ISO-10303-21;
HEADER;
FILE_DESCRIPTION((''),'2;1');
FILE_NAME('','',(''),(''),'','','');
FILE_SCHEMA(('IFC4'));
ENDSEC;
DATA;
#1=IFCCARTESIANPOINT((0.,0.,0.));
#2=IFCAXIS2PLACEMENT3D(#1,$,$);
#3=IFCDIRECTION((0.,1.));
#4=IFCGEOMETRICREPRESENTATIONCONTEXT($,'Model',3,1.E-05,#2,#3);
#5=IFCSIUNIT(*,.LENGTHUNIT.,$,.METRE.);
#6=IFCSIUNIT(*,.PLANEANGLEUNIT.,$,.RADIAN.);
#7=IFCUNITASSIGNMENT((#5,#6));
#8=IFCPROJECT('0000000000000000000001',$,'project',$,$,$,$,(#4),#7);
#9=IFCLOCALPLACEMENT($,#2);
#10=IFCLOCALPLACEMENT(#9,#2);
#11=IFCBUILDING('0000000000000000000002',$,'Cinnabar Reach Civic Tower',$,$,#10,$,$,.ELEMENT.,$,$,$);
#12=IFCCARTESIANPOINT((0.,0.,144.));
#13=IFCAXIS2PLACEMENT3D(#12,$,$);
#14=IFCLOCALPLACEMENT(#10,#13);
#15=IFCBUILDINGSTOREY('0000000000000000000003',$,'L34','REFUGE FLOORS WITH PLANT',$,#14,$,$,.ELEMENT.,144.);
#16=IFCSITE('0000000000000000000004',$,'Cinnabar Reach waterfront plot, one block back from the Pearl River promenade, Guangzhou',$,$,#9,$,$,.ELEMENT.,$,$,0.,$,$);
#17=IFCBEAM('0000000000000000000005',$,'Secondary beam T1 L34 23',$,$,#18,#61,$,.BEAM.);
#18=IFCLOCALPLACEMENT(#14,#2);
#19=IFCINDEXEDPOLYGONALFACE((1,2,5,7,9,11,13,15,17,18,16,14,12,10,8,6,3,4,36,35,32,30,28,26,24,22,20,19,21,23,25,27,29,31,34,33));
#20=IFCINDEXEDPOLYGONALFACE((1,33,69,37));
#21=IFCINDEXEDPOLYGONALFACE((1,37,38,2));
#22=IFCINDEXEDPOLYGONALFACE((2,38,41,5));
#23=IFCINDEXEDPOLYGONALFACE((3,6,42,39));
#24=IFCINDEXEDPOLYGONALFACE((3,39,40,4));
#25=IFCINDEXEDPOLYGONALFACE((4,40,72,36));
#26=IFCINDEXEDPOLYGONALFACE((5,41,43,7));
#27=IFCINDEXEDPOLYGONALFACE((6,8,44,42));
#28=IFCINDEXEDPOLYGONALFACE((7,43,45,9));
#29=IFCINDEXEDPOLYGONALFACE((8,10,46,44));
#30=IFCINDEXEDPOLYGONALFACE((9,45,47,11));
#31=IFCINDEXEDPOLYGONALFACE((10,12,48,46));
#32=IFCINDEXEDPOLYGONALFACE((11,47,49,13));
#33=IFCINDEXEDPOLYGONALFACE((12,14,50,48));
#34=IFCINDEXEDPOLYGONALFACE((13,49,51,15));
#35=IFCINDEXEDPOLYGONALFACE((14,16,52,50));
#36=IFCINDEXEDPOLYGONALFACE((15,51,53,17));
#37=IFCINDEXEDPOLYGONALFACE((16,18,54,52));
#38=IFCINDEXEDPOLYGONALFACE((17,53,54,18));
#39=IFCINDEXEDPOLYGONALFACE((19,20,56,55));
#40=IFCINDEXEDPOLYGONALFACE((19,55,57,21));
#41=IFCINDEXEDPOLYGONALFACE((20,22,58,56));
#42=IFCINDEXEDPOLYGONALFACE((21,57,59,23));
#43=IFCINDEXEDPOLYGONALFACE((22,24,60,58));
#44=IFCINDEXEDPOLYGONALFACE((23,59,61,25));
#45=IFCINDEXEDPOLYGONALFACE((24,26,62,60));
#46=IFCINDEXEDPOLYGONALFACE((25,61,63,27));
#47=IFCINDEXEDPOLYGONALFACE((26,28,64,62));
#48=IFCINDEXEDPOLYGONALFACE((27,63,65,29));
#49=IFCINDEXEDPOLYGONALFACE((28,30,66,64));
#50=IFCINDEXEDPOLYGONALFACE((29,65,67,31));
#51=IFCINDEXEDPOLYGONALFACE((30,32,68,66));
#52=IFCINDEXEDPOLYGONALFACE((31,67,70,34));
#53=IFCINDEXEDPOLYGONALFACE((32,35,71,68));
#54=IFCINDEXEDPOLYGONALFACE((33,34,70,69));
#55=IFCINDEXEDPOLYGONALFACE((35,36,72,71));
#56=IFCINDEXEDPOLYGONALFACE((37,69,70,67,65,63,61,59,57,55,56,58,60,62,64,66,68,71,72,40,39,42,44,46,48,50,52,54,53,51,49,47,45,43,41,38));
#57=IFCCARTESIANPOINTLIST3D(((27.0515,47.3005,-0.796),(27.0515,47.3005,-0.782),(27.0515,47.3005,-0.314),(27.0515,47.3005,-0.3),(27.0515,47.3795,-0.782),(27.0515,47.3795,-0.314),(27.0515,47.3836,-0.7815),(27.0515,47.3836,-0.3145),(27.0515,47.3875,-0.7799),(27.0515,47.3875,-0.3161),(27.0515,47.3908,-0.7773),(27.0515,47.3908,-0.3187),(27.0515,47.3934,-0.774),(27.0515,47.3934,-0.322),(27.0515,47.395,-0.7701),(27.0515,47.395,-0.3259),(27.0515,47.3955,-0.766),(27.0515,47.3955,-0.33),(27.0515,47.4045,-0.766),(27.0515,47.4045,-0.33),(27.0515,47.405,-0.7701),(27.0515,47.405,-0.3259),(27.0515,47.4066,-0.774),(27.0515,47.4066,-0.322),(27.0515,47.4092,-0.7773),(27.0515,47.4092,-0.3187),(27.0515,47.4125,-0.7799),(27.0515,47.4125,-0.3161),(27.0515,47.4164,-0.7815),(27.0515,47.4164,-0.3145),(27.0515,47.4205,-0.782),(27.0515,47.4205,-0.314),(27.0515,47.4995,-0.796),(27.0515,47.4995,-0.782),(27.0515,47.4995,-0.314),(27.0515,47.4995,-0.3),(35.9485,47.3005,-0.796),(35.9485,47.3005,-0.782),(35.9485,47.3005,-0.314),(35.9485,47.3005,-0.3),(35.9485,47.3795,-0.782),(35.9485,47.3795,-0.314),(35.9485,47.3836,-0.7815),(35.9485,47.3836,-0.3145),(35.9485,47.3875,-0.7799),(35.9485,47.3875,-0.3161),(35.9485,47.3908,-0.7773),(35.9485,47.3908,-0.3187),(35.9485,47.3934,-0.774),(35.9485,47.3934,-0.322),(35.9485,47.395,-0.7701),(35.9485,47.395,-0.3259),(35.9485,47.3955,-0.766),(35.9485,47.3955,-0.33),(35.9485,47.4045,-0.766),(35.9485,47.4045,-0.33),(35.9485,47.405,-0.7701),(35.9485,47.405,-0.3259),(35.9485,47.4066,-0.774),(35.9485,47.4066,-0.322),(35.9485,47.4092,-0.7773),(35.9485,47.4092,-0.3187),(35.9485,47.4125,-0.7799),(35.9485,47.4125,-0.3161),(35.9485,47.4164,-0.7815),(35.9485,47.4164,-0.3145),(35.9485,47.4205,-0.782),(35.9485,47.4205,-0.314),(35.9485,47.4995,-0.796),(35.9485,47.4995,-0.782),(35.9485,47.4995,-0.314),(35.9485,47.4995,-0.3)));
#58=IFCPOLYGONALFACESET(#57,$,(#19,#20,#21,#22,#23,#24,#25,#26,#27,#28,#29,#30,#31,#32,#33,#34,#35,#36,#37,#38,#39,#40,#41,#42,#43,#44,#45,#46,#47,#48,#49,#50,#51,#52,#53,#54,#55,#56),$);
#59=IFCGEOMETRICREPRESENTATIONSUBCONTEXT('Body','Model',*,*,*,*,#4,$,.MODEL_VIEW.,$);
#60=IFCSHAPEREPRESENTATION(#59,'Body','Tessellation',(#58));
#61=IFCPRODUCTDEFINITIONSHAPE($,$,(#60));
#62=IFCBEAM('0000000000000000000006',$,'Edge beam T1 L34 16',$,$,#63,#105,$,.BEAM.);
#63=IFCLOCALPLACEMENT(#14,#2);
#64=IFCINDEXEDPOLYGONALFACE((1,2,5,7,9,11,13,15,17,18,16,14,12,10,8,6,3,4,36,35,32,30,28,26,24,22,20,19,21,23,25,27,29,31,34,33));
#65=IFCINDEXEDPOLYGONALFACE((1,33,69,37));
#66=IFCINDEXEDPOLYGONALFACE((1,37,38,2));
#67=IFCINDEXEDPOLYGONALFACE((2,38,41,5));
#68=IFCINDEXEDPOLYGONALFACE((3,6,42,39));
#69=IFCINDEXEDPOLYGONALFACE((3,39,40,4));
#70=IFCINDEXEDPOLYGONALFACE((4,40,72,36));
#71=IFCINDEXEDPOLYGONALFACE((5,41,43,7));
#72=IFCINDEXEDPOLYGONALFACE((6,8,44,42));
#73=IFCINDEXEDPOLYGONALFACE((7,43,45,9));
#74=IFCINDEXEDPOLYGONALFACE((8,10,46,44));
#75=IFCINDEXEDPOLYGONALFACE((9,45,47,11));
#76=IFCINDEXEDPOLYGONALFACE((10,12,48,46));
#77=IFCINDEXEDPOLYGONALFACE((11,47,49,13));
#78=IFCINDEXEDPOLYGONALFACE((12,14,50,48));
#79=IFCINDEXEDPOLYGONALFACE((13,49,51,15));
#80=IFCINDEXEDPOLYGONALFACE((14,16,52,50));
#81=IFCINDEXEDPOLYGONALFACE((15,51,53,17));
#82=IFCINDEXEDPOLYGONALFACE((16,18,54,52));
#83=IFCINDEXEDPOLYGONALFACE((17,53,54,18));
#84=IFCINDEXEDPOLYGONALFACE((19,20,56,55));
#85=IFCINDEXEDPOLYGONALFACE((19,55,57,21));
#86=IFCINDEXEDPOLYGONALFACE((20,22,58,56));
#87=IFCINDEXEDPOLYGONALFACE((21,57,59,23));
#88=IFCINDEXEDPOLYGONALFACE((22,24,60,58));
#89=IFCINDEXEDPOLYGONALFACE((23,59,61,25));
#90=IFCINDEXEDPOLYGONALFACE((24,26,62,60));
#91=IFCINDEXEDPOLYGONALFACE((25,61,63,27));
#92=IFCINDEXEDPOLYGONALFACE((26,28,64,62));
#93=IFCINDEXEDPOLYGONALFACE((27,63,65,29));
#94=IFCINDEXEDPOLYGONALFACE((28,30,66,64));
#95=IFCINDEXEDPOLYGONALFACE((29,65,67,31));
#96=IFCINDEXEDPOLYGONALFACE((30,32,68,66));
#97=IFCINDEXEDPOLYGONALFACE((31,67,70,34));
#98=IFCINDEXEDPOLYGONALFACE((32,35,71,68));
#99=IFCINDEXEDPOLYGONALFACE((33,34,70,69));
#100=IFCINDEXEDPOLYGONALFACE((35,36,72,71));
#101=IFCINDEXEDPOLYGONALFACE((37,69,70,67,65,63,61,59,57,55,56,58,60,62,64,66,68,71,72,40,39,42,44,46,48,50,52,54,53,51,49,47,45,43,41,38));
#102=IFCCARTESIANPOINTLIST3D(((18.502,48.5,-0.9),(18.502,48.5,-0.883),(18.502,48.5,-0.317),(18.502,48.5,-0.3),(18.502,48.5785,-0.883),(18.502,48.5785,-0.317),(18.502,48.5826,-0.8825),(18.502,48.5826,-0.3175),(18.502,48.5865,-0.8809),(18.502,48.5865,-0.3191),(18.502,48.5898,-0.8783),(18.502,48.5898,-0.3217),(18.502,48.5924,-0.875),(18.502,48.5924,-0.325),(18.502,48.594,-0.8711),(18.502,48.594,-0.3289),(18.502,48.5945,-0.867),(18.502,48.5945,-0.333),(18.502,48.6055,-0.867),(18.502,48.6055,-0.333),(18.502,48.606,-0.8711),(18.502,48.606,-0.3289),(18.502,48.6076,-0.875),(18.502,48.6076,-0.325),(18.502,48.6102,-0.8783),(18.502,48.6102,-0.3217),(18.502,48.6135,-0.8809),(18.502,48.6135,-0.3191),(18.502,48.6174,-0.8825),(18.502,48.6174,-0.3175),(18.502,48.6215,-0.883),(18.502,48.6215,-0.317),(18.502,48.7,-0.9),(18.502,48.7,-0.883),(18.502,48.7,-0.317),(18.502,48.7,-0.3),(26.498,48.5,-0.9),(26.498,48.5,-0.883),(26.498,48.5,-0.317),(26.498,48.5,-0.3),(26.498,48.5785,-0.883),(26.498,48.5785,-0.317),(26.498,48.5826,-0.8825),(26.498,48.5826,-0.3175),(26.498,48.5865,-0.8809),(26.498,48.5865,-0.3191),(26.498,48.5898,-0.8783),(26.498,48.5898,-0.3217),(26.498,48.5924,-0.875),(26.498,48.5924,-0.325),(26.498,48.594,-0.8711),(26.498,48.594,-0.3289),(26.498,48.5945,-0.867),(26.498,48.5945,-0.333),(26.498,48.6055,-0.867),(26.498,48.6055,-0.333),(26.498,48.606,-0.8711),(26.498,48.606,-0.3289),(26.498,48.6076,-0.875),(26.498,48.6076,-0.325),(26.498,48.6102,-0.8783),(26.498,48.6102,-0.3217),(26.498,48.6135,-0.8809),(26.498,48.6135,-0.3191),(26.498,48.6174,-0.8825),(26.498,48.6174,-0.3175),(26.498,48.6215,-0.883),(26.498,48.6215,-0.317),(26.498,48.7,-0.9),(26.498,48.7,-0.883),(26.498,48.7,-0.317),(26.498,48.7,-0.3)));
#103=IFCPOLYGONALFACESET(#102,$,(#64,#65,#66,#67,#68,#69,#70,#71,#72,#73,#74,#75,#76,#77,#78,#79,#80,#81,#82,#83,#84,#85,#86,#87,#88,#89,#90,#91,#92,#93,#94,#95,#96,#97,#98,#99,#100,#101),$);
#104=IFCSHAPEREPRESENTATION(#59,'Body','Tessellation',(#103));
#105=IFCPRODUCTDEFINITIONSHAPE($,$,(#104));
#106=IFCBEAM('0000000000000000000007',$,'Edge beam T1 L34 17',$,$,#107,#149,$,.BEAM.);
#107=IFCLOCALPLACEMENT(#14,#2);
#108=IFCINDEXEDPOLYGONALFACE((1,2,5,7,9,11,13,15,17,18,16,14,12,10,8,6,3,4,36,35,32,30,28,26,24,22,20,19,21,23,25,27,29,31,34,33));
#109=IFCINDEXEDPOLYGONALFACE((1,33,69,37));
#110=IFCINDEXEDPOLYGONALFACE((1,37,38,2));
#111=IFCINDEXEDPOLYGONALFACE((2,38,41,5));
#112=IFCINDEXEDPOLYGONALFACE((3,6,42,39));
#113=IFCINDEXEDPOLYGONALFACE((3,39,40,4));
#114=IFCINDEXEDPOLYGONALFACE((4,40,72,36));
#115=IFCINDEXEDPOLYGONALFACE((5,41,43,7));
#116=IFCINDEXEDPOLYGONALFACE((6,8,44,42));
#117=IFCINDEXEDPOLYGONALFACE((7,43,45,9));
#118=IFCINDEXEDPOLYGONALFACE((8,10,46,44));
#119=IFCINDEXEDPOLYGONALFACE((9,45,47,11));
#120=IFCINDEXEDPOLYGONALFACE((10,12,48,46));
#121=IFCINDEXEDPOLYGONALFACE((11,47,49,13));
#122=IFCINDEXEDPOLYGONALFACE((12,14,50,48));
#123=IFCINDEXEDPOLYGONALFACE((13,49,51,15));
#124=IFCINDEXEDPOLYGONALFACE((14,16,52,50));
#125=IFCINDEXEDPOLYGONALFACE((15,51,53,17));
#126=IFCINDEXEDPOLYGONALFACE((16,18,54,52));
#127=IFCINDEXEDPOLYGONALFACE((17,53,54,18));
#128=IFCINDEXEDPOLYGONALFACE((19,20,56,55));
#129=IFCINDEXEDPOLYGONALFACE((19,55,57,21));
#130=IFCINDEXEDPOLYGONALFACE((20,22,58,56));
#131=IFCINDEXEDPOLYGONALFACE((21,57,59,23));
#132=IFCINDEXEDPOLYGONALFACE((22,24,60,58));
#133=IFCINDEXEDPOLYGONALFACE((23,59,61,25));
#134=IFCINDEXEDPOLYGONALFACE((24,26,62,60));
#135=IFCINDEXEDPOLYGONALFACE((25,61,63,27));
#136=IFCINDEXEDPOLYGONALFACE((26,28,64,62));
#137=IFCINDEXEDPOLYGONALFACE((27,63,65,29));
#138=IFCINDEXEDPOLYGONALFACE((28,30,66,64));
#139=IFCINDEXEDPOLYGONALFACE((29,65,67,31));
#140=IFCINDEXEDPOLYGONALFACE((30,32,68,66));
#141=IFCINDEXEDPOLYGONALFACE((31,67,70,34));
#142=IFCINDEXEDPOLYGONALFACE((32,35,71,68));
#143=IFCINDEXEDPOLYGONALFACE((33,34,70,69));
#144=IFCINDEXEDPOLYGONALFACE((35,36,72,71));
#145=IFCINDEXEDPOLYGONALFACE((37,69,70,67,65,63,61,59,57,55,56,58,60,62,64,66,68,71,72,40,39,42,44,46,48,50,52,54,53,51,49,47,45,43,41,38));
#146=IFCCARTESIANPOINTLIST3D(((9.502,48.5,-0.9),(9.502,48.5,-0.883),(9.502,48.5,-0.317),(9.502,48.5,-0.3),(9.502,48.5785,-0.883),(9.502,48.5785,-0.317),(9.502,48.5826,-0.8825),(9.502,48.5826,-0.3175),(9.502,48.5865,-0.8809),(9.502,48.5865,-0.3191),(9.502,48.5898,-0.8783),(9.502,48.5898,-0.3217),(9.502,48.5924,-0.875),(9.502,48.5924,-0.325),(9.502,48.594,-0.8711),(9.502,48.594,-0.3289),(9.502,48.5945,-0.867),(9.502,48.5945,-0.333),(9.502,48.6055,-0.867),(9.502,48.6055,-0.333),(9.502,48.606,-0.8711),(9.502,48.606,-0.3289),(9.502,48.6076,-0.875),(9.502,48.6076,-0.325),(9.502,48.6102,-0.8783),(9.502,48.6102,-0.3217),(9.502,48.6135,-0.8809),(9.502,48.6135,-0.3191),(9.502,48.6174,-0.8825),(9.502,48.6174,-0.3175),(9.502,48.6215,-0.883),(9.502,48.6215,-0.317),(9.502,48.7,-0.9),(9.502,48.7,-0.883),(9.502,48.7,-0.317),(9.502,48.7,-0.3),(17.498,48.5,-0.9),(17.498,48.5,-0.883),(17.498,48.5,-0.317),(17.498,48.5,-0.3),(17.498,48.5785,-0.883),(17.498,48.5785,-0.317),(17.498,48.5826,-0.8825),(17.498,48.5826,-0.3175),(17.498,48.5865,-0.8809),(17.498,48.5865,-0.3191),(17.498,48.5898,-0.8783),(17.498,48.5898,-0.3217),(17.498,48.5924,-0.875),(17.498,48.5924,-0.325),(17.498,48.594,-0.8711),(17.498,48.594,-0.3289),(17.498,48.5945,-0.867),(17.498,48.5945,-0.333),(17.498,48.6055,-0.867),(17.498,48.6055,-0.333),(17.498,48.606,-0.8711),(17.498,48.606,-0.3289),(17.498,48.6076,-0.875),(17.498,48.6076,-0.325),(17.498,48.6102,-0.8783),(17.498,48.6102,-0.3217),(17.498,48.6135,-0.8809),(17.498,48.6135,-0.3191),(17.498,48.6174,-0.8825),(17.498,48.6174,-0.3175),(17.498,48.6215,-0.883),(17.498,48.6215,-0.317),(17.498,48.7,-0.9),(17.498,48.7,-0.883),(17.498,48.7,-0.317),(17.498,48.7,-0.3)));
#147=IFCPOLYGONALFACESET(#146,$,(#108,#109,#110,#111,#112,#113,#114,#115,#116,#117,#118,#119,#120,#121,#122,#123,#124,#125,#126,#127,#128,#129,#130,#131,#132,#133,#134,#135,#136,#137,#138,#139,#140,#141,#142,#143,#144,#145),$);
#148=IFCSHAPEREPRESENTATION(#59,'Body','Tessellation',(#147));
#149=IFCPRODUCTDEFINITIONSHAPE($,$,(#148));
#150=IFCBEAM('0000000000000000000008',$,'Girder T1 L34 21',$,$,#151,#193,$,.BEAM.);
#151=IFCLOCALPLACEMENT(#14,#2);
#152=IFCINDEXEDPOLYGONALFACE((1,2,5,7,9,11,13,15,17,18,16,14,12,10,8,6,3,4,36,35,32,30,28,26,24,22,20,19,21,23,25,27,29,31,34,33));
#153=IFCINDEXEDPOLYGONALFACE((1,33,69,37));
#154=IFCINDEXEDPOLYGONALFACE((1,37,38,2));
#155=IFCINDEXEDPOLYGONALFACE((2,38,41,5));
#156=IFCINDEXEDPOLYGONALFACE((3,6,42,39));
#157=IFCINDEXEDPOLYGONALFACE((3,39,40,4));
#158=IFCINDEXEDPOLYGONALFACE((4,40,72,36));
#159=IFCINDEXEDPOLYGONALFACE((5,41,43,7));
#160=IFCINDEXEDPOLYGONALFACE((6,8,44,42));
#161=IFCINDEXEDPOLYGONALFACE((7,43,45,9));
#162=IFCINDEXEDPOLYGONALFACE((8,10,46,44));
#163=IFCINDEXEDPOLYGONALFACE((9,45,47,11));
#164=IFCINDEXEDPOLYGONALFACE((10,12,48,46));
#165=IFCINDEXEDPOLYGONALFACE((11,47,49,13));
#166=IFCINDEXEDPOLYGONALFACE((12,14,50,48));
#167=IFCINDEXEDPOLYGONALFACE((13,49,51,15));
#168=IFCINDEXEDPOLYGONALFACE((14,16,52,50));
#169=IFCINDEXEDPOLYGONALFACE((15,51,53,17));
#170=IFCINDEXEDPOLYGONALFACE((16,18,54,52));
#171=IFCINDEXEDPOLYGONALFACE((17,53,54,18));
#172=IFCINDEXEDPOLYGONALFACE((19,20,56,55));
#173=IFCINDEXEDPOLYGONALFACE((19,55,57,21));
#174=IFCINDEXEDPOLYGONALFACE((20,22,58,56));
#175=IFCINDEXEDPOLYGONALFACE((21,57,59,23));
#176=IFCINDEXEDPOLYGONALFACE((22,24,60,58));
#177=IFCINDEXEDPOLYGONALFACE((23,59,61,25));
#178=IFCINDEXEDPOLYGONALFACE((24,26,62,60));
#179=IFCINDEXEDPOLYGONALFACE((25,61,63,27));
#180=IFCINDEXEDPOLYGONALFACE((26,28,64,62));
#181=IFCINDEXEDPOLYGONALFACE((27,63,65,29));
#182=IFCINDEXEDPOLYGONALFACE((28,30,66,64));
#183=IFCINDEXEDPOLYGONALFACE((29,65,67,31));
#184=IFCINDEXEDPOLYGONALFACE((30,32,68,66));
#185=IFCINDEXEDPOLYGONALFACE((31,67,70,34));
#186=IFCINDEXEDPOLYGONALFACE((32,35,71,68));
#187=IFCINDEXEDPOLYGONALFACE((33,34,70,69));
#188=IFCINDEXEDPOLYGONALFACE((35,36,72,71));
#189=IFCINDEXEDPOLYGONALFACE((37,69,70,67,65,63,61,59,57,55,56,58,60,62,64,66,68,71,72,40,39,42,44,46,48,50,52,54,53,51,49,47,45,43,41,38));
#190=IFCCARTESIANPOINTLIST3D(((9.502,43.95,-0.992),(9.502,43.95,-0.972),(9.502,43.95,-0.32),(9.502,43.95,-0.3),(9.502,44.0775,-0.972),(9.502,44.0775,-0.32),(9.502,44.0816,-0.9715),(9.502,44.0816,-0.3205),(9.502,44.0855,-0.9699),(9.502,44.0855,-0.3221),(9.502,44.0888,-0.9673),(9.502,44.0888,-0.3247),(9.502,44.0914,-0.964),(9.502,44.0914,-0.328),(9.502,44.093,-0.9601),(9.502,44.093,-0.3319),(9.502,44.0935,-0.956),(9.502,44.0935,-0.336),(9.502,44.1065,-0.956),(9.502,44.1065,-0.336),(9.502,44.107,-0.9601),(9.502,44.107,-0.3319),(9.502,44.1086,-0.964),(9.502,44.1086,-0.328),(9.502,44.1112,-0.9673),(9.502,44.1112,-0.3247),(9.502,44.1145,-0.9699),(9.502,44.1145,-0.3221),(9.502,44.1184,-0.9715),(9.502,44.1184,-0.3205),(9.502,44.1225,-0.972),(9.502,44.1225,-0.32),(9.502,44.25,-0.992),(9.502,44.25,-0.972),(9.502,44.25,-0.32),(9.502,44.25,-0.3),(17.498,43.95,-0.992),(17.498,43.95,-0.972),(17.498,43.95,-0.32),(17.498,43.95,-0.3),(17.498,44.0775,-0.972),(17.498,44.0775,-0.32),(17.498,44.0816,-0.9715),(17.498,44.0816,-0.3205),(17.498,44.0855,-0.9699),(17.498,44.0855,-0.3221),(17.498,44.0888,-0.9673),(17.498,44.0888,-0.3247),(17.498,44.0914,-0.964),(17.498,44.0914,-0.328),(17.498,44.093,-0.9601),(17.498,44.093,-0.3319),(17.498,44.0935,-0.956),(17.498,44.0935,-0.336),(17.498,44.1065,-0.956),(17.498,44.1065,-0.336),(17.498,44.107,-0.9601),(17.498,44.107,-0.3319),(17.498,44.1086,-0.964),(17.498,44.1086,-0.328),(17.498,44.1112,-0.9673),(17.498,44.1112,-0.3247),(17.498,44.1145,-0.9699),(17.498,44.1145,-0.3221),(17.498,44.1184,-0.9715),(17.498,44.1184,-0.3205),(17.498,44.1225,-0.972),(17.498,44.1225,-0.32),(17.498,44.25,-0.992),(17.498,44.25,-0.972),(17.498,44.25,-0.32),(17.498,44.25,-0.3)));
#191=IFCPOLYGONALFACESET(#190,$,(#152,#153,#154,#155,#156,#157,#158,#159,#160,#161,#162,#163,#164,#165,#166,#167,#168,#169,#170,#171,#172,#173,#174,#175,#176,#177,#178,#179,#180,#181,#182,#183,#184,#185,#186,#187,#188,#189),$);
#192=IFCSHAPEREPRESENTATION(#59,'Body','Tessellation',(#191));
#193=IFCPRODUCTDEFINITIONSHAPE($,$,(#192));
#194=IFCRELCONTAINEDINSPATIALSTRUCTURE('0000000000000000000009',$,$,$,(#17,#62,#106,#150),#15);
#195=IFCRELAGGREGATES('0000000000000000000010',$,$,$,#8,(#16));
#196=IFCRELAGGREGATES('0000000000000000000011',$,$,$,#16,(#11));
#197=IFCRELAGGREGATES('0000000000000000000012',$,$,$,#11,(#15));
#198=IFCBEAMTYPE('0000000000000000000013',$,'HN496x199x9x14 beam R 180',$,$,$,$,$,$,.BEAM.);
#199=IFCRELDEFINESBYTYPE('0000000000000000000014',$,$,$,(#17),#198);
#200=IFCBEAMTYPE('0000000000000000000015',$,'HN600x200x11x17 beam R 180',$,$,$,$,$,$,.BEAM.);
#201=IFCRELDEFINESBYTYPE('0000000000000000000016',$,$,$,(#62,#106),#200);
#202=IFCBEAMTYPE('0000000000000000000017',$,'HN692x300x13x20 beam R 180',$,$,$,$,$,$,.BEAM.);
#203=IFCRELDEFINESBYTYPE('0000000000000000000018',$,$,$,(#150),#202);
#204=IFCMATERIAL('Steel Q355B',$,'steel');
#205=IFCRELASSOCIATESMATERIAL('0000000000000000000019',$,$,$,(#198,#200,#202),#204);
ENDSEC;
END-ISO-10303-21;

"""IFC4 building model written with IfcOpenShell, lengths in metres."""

from ifc_helpers import new_model, si_unit, direction, frame, origin, origin_2d, place, context, subcontext, project, spatial, i_section, extrude, material, material_profile, profile_set, type_object, element, save


model = new_model("IFC4")

# Units and contexts
model_context = context("Model", 3, precision=1e-05, world=origin(), true_north=direction((0.0, 1.0)))
body_context = subcontext(model_context, "Body", "Model", "MODEL_VIEW")
ifc_project = project(units=[si_unit("LENGTHUNIT", "METRE"), si_unit("PLANEANGLEUNIT", "RADIAN")], contexts=[model_context])

# Site, building, storey
site_placement = place(None, origin())
site = spatial("IfcSite", under=ifc_project, at=site_placement, Name="Cinnabar Reach waterfront plot, one block back from the Pearl River promenade, Guangzhou", CompositionType="ELEMENT", RefElevation=0.0)
building_placement = place(site_placement, origin())
building = spatial("IfcBuilding", under=site, at=building_placement, Name="Cinnabar Reach Civic Tower", CompositionType="ELEMENT")
storey_placement = place(building_placement, frame((0.0, 0.0, 144.0)))
storey = spatial("IfcBuildingStorey", under=building, at=storey_placement, Name="L34", Description="REFUGE FLOORS WITH PLANT", CompositionType="ELEMENT", Elevation=144.0)

# Beams
ifc_material_1 = material(Name="Steel Q355B", Category="steel")
ifc_material_profile_1 = material_profile(ifc_material_1, i_section(OverallWidth=0.199, OverallDepth=0.496, WebThickness=0.009, FlangeThickness=0.014, FilletRadius=0.016, at=origin_2d()), Name="HN496x199x9x14")
ifc_profile_set_1 = profile_set([ifc_material_profile_1], Name="Steel Q355B")
beam_type_1 = type_object("IfcBeamType", Name="HN496x199x9x14 beam R 180", PredefinedType="BEAM", material=ifc_profile_set_1)
for number, where, z_axis, x_axis, name in (
    (1, (27.0515, 47.4, -0.548), (1.0, 0.0, 0.0), (0.0, 1.0, 0.0), "Secondary beam T1 L34 23"),
):
    element("IfcBeam", number, at=place(storey_placement, frame(where, z_axis=z_axis, x_axis=x_axis)), inside=storey, type_object=beam_type_1, Name=name, PredefinedType="BEAM", context=body_context, shape_type="SweptSolid", body=[
        extrude(i_section(OverallWidth=0.199, OverallDepth=0.496, WebThickness=0.009, FlangeThickness=0.014, FilletRadius=0.016, at=origin_2d()), origin(), (0.0, 0.0, 1.0), 8.897),
    ])
ifc_material_profile_2 = material_profile(ifc_material_1, i_section(OverallWidth=0.2, OverallDepth=0.6, WebThickness=0.011, FlangeThickness=0.017, FilletRadius=0.016, at=origin_2d()), Name="HN600x200x11x17")
ifc_profile_set_2 = profile_set([ifc_material_profile_2], Name="Steel Q355B")
beam_type_2 = type_object("IfcBeamType", Name="HN600x200x11x17 beam R 180", PredefinedType="BEAM", material=ifc_profile_set_2)
for number, where, z_axis, x_axis, name in (
    (2, (26.498, 48.6, -0.6), (-1.0, 0.0, 0.0), (0.0, -1.0, 0.0), "Edge beam T1 L34 16"),
    (3, (17.498, 48.6, -0.6), (-1.0, 0.0, 0.0), (0.0, -1.0, 0.0), "Edge beam T1 L34 17"),
):
    element("IfcBeam", number, at=place(storey_placement, frame(where, z_axis=z_axis, x_axis=x_axis)), inside=storey, type_object=beam_type_2, Name=name, PredefinedType="BEAM", context=body_context, shape_type="SweptSolid", body=[
        extrude(i_section(OverallWidth=0.2, OverallDepth=0.6, WebThickness=0.011, FlangeThickness=0.017, FilletRadius=0.016, at=origin_2d()), origin(), (0.0, 0.0, 1.0), 7.996),
    ])
ifc_material_profile_3 = material_profile(ifc_material_1, i_section(OverallWidth=0.3, OverallDepth=0.692, WebThickness=0.013, FlangeThickness=0.02, FilletRadius=0.016, at=origin_2d()), Name="HN692x300x13x20")
ifc_profile_set_3 = profile_set([ifc_material_profile_3], Name="Steel Q355B")
beam_type_3 = type_object("IfcBeamType", Name="HN692x300x13x20 beam R 180", PredefinedType="BEAM", material=ifc_profile_set_3)
for number, where, z_axis, x_axis, name in (
    (4, (9.502, 44.1, -0.646), (1.0, 0.0, 0.0), (0.0, 1.0, 0.0), "Girder T1 L34 21"),
):
    element("IfcBeam", number, at=place(storey_placement, frame(where, z_axis=z_axis, x_axis=x_axis)), inside=storey, type_object=beam_type_3, Name=name, PredefinedType="BEAM", context=body_context, shape_type="SweptSolid", body=[
        extrude(i_section(OverallWidth=0.3, OverallDepth=0.692, WebThickness=0.013, FlangeThickness=0.02, FilletRadius=0.016, at=origin_2d()), origin(), (0.0, 0.0, 1.0), 7.996),
    ])

save(model, "model.ifc")
